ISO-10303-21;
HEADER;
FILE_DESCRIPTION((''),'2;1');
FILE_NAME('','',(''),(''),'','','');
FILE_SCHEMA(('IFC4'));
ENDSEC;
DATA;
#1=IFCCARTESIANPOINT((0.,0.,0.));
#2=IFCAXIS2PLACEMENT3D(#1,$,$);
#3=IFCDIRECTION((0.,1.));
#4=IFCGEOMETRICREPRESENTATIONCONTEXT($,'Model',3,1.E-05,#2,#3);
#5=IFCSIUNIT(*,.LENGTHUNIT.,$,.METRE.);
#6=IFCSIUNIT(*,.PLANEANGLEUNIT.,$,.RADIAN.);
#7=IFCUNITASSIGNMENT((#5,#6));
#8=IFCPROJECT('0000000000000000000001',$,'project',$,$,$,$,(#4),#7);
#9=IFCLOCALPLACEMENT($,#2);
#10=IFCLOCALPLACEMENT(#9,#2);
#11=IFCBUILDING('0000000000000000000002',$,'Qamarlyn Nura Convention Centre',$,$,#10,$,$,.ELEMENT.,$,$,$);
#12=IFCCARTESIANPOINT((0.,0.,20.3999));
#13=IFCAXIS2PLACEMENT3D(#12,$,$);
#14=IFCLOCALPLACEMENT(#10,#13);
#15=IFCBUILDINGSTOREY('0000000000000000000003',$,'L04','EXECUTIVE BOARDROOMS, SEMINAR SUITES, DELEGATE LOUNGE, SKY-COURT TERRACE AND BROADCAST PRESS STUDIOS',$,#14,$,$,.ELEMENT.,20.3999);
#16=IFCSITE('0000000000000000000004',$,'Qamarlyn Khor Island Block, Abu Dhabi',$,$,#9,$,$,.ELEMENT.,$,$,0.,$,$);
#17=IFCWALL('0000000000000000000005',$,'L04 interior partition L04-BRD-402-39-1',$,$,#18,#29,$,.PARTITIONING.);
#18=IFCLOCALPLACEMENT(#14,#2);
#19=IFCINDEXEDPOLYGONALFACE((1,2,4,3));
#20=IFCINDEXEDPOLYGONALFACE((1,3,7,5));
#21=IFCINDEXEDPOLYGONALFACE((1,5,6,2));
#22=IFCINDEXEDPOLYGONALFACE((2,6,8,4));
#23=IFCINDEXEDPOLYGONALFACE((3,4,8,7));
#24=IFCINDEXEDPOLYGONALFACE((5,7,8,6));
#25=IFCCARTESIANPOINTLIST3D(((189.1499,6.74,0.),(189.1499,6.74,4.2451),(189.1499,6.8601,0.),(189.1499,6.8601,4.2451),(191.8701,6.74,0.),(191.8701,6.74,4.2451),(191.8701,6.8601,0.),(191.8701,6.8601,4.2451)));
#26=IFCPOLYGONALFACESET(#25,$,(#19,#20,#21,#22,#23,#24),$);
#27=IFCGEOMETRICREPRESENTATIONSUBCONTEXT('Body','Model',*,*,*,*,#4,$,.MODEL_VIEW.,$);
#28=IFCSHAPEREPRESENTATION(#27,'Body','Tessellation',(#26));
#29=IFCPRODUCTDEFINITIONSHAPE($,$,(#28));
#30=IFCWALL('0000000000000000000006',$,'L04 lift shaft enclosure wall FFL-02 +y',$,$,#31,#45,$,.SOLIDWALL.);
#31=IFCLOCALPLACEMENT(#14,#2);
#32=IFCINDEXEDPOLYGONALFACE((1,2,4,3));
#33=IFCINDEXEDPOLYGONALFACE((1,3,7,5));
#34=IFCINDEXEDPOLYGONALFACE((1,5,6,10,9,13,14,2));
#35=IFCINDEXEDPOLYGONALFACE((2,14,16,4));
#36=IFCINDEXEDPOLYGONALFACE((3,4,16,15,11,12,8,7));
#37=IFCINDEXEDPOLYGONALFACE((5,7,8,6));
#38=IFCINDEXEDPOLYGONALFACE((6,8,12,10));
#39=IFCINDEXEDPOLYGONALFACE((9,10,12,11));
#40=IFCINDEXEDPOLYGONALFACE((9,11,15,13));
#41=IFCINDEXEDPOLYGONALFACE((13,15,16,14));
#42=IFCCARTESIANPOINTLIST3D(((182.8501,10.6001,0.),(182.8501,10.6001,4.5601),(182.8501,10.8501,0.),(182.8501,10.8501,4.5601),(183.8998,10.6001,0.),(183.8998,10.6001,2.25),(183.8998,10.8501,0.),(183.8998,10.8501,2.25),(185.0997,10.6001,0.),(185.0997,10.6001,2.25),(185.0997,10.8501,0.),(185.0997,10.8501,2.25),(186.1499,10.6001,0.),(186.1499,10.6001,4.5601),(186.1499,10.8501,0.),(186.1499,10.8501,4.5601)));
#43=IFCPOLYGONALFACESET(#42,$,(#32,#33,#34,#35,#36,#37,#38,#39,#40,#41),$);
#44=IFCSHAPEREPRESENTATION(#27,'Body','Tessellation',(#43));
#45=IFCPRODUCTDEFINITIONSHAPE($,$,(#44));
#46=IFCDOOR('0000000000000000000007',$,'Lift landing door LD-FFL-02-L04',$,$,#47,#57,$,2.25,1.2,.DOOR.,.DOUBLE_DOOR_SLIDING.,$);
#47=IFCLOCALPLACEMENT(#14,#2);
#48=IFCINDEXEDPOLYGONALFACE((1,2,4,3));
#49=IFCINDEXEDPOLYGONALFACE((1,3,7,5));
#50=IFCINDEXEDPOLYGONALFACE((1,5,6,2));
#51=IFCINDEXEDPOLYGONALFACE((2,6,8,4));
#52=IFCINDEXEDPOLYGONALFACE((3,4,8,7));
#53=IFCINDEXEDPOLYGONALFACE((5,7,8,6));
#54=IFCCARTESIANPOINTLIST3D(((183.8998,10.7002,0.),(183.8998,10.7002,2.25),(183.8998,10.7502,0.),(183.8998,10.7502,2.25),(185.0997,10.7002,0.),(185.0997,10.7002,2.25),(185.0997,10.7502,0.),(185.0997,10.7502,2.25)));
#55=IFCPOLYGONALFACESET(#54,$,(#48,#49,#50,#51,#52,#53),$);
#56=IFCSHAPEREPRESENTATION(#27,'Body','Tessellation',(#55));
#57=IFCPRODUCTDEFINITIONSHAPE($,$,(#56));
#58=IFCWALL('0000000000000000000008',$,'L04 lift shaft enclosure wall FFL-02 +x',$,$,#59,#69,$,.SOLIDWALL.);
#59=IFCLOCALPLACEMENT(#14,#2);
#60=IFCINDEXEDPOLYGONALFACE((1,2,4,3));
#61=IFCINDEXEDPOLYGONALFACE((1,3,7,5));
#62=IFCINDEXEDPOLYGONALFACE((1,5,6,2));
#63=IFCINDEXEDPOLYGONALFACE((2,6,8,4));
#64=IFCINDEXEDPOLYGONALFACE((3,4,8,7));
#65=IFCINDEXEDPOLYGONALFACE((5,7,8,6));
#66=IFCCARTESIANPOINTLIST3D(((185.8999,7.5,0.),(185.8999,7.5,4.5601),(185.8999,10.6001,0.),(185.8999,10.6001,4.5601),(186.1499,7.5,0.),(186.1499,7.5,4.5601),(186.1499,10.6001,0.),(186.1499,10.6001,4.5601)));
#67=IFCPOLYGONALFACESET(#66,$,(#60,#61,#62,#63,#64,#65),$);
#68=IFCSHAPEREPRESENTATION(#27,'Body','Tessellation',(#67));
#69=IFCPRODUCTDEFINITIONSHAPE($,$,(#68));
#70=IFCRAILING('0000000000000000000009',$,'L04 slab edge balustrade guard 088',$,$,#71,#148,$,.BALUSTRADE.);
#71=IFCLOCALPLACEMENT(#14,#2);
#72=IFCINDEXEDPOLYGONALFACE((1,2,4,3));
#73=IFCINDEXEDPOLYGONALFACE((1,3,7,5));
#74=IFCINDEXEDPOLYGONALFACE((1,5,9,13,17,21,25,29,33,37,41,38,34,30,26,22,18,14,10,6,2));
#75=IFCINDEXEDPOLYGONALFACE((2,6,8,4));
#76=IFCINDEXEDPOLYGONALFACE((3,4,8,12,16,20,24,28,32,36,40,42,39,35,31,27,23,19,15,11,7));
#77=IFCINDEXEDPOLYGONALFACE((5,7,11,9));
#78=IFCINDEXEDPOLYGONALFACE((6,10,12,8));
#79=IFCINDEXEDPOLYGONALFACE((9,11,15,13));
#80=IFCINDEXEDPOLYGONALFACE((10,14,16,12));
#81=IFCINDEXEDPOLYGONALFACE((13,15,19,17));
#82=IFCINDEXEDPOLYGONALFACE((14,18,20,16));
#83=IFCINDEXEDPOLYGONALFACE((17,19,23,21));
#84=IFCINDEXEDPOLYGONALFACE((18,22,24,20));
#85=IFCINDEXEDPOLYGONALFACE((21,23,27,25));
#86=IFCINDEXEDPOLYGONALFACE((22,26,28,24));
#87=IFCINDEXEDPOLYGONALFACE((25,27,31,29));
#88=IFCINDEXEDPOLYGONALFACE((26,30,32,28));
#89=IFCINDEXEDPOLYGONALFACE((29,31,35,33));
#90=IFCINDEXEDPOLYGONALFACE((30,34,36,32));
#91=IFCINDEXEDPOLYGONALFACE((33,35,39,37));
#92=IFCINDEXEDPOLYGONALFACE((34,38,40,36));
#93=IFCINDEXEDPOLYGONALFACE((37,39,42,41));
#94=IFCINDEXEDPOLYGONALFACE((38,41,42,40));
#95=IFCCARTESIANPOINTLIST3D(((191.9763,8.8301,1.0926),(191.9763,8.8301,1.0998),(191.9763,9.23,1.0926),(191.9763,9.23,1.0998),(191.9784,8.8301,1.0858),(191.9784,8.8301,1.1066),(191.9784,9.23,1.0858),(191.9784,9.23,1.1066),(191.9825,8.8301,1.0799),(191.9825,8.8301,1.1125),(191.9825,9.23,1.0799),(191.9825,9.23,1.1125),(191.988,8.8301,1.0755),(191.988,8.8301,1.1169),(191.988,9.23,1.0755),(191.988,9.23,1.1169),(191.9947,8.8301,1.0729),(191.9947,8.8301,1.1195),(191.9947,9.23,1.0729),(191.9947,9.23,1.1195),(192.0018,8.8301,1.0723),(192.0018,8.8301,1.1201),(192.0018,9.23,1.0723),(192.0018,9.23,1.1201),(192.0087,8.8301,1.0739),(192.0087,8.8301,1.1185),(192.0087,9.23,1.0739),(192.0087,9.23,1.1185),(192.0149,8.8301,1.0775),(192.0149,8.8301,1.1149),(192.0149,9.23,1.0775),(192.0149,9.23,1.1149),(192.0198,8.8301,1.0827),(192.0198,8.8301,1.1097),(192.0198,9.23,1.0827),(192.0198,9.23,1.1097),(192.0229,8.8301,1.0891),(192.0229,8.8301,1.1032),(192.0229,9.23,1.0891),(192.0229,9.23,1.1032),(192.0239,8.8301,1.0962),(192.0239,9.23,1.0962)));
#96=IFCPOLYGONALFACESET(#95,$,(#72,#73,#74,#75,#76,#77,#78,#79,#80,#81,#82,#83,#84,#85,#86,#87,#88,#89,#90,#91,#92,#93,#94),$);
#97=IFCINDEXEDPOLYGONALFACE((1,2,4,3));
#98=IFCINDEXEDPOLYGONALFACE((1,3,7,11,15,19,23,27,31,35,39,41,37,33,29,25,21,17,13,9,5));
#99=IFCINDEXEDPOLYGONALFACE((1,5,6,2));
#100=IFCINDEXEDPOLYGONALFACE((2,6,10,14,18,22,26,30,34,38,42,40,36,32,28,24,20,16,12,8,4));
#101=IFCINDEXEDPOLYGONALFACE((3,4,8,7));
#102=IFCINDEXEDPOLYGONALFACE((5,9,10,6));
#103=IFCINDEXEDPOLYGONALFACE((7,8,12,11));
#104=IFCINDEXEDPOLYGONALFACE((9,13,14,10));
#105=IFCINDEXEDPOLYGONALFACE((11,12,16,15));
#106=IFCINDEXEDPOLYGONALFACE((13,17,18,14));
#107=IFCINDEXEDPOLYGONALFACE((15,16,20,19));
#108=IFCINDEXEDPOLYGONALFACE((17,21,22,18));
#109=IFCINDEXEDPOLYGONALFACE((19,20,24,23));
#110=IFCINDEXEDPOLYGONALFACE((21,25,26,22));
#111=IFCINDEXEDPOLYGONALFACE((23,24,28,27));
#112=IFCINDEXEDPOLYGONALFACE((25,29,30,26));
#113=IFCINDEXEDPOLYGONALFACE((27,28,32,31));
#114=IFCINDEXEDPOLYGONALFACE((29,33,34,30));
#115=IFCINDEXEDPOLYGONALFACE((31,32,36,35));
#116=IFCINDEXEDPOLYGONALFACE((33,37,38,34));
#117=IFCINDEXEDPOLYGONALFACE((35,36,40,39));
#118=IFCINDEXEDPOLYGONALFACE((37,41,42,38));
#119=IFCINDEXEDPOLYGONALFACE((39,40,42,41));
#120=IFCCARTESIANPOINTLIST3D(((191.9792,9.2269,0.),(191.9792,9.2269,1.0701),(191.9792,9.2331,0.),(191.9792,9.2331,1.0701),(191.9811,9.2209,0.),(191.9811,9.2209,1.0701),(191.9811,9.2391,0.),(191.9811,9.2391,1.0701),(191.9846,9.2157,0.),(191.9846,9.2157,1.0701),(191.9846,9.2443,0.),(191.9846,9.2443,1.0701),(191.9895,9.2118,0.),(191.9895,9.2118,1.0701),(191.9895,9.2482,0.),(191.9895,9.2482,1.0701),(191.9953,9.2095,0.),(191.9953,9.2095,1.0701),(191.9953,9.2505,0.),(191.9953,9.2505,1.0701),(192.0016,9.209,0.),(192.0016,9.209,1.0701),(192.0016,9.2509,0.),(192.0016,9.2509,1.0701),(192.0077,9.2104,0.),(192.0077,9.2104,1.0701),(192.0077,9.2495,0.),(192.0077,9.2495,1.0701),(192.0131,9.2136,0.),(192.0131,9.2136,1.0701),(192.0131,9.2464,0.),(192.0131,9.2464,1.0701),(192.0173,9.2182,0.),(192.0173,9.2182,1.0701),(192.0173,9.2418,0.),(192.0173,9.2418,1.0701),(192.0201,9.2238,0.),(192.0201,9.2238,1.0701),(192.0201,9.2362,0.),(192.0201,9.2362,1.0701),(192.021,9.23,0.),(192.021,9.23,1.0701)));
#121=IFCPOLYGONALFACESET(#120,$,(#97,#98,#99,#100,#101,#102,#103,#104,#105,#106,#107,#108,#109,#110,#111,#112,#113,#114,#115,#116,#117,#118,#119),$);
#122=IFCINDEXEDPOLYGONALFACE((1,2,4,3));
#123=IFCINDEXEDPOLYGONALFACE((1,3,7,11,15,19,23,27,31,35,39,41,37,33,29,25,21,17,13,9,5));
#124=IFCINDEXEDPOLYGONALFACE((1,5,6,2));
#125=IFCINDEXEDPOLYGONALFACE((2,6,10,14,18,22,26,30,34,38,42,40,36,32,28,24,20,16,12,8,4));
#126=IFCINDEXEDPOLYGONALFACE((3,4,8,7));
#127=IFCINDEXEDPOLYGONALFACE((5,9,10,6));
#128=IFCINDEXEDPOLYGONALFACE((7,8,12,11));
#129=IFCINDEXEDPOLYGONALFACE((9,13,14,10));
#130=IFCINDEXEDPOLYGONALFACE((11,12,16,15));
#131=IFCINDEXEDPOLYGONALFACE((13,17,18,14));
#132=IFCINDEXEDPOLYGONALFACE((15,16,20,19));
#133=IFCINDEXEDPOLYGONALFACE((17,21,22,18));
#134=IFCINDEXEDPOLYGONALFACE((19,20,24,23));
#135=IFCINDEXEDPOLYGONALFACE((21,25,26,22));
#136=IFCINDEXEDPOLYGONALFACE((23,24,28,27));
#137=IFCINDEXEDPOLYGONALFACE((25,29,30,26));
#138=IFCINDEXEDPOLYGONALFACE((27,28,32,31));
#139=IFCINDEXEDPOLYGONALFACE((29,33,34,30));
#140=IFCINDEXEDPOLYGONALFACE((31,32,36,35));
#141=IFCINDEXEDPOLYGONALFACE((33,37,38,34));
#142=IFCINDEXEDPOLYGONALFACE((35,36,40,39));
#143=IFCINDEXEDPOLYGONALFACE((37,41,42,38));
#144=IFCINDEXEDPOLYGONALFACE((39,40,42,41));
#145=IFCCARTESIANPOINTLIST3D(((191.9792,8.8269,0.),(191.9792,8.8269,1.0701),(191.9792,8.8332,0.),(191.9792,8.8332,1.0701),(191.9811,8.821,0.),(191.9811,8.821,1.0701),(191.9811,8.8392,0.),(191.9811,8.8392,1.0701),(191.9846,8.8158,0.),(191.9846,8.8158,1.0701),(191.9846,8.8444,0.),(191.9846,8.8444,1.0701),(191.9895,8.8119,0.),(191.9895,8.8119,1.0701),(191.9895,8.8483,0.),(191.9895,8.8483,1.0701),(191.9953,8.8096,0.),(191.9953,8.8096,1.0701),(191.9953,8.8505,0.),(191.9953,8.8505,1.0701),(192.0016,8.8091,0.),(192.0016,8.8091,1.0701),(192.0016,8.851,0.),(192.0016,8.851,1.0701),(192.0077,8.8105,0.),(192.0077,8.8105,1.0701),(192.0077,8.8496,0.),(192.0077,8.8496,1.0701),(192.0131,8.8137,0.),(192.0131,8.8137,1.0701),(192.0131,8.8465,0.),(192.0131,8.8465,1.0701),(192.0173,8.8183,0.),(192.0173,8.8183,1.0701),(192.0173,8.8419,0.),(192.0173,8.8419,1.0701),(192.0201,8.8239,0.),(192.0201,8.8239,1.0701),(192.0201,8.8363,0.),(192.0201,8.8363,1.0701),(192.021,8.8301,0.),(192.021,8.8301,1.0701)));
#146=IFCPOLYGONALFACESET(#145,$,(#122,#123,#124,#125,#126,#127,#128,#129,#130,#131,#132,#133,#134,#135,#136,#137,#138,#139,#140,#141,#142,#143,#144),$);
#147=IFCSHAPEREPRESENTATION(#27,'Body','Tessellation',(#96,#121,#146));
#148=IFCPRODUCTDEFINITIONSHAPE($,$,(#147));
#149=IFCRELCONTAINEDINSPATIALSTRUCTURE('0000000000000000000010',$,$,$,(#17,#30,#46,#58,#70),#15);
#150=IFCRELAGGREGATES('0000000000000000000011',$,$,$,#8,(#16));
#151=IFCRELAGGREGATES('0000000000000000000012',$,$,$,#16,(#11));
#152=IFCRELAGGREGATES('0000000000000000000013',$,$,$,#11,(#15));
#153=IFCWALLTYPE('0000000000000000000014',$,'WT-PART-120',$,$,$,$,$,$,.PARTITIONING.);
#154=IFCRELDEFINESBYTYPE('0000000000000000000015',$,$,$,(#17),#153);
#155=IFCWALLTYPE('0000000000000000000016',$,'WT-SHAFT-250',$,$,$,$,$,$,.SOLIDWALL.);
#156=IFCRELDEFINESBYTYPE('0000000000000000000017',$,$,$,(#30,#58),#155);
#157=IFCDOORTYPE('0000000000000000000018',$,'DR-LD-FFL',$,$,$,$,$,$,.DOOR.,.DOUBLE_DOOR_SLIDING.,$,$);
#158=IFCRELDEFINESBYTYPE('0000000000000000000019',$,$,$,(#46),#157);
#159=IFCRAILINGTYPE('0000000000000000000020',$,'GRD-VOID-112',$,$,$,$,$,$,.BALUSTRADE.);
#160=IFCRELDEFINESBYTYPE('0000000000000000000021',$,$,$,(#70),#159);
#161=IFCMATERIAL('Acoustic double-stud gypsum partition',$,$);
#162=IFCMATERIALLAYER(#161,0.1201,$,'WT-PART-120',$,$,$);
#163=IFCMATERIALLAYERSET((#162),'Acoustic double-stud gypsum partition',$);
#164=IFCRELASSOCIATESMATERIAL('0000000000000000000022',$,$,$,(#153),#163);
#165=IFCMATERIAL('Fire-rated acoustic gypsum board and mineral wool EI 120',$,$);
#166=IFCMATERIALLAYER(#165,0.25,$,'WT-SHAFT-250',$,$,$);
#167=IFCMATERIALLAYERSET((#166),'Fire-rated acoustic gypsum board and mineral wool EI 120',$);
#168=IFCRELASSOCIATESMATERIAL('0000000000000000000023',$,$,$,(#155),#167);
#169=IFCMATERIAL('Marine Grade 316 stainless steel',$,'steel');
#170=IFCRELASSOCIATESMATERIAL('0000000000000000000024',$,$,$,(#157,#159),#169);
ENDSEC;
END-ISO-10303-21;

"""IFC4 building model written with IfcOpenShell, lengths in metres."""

from ifc_helpers import new_model, si_unit, direction, frame, frame_2d, origin, origin_2d, place, context, subcontext, project, spatial, rectangle, circle, extrude, material, layer, layer_set, type_object, element, fill, save


model = new_model("IFC4")

# Units and contexts
model_context = context("Model", 3, precision=1e-05, world=origin(), true_north=direction((0.0, 1.0)))
body_context = subcontext(model_context, "Body", "Model", "MODEL_VIEW")
ifc_project = project(units=[si_unit("LENGTHUNIT", "METRE"), si_unit("PLANEANGLEUNIT", "RADIAN")], contexts=[model_context])

# Site, building, storey
site_placement = place(None, origin())
site = spatial("IfcSite", under=ifc_project, at=site_placement, Name="Qamarlyn Khor Island Block, Abu Dhabi", CompositionType="ELEMENT", RefElevation=0.0)
building_placement = place(site_placement, origin())
building = spatial("IfcBuilding", under=site, at=building_placement, Name="Qamarlyn Nura Convention Centre", CompositionType="ELEMENT")
storey_placement = place(building_placement, frame((0.0, 0.0, 20.3999)))
storey = spatial("IfcBuildingStorey", under=building, at=storey_placement, Name="L04", Description="EXECUTIVE BOARDROOMS, SEMINAR SUITES, DELEGATE LOUNGE, SKY-COURT TERRACE AND BROADCAST PRESS STUDIOS", CompositionType="ELEMENT", Elevation=20.3999)

# Shared definitions
ifc_material_1 = material(Name="Fire-rated acoustic gypsum board and mineral wool EI 120")

# Shared definitions
ifc_material_2 = material(Name="Acoustic double-stud gypsum partition")
ifc_layer_1 = layer(ifc_material_2, 0.1201, Name="WT-PART-120")
ifc_layer_set_1 = layer_set([ifc_layer_1], Name="Acoustic double-stud gypsum partition")
wall_type_1 = type_object("IfcWallType", Name="WT-PART-120", PredefinedType="PARTITIONING", material=ifc_layer_set_1)

# Wall
wall_1_placement = place(storey_placement, frame((189.1499, 6.8, 0.0), z_axis=(0.0, 0.0, 1.0), x_axis=(1.0, 0.0, 0.0)))
element("IfcWall", 1, at=wall_1_placement, inside=storey, type_object=wall_type_1, Name="L04 interior partition L04-BRD-402-39-1", PredefinedType="PARTITIONING", context=body_context, shape_type="SweptSolid", body=[
    extrude(rectangle(XDim=2.7202, YDim=0.1201, at=frame_2d((1.3601, 0.0))), origin(), (0.0, 0.0, 1.0), 4.2451),
])

# Wall, opening, door
ifc_layer_2 = layer(ifc_material_1, 0.25, Name="WT-SHAFT-250")
ifc_layer_set_2 = layer_set([ifc_layer_2], Name="Fire-rated acoustic gypsum board and mineral wool EI 120")
wall_type_2 = type_object("IfcWallType", Name="WT-SHAFT-250", PredefinedType="SOLIDWALL", material=ifc_layer_set_2)
wall_2_placement = place(storey_placement, frame((186.1499, 10.7251, 0.0), z_axis=(0.0, 0.0, 1.0), x_axis=(-1.0, 0.0, 0.0)))
wall_2 = element("IfcWall", 2, at=wall_2_placement, inside=storey, type_object=wall_type_2, Name="L04 lift shaft enclosure wall FFL-02 +y", PredefinedType="SOLIDWALL", context=body_context, shape_type="SweptSolid", body=[
    extrude(rectangle(XDim=3.2998, YDim=0.25, at=frame_2d((1.6499, 0.0))), origin(), (0.0, 0.0, 1.0), 4.5601),
])
opening_1_placement = place(wall_2_placement, frame((1.05, 0.0, 0.0)))
opening_1 = element("IfcOpeningElement", 3, at=opening_1_placement, cuts=wall_2, PredefinedType="OPENING", context=body_context, shape_type="SweptSolid", body=[
    extrude(rectangle(XDim=1.2, YDim=2.25, at=frame_2d((0.6001, 1.125))), frame((0.0, 0.135, 0.0), z_axis=(0.0, -1.0, 0.0), x_axis=(1.0, 0.0, 0.0)), (0.0, 0.0, 1.0), 0.27),
])
ifc_material_3 = material(Name="Marine Grade 316 stainless steel", Category="steel")
door_type_1 = type_object("IfcDoorType", Name="DR-LD-FFL", OperationType="DOUBLE_DOOR_SLIDING", PredefinedType="DOOR", material=ifc_material_3)
door_1_placement = place(opening_1_placement, origin())
door_1 = element("IfcDoor", 4, at=door_1_placement, inside=storey, type_object=door_type_1, Name="Lift landing door LD-FFL-02-L04", OperationType="DOUBLE_DOOR_SLIDING", OverallHeight=2.25, OverallWidth=1.2, PredefinedType="DOOR", context=body_context, shape_type="SweptSolid", body=[
    extrude(rectangle(XDim=1.2, YDim=2.25, at=frame_2d((0.6001, 1.125))), frame((0.0, 0.0249, 0.0), z_axis=(0.0, -1.0, 0.0), x_axis=(1.0, 0.0, 0.0)), (0.0, 0.0, 1.0), 0.05),
])
fill(opening_1, door_1)

# Wall
wall_3_placement = place(storey_placement, frame((186.0249, 7.5, 0.0), z_axis=(0.0, 0.0, 1.0), x_axis=(0.0, 1.0, 0.0)))
element("IfcWall", 5, at=wall_3_placement, inside=storey, type_object=wall_type_2, Name="L04 lift shaft enclosure wall FFL-02 +x", PredefinedType="SOLIDWALL", context=body_context, shape_type="SweptSolid", body=[
    extrude(rectangle(XDim=3.1001, YDim=0.25, at=frame_2d((1.55, 0.0))), origin(), (0.0, 0.0, 1.0), 4.5601),
])

# Railing
railing_type = type_object("IfcRailingType", Name="GRD-VOID-112", PredefinedType="BALUSTRADE", material=ifc_material_3)
railing_placement = place(storey_placement, frame((192.0, 9.23, 0.0)))
element("IfcRailing", 6, at=railing_placement, inside=storey, type_object=railing_type, Name="L04 slab edge balustrade guard 088", PredefinedType="BALUSTRADE", context=body_context, shape_type="SweptSolid", body=[
    extrude(circle(Radius=0.0239, at=origin_2d()), frame((0.0, 0.0, 1.0962), z_axis=(0.0, -1.0, 0.0), x_axis=(1.0, 0.0, 0.0)), (0.0, 0.0, 1.0), 0.3999),
    extrude(circle(Radius=0.021, at=origin_2d()), origin(), (0.0, 0.0, 1.0), 1.0701),
    extrude(circle(Radius=0.021, at=origin_2d()), frame((0.0, -0.3999, 0.0)), (0.0, 0.0, 1.0), 1.0701),
])

save(model, "model.ifc")
